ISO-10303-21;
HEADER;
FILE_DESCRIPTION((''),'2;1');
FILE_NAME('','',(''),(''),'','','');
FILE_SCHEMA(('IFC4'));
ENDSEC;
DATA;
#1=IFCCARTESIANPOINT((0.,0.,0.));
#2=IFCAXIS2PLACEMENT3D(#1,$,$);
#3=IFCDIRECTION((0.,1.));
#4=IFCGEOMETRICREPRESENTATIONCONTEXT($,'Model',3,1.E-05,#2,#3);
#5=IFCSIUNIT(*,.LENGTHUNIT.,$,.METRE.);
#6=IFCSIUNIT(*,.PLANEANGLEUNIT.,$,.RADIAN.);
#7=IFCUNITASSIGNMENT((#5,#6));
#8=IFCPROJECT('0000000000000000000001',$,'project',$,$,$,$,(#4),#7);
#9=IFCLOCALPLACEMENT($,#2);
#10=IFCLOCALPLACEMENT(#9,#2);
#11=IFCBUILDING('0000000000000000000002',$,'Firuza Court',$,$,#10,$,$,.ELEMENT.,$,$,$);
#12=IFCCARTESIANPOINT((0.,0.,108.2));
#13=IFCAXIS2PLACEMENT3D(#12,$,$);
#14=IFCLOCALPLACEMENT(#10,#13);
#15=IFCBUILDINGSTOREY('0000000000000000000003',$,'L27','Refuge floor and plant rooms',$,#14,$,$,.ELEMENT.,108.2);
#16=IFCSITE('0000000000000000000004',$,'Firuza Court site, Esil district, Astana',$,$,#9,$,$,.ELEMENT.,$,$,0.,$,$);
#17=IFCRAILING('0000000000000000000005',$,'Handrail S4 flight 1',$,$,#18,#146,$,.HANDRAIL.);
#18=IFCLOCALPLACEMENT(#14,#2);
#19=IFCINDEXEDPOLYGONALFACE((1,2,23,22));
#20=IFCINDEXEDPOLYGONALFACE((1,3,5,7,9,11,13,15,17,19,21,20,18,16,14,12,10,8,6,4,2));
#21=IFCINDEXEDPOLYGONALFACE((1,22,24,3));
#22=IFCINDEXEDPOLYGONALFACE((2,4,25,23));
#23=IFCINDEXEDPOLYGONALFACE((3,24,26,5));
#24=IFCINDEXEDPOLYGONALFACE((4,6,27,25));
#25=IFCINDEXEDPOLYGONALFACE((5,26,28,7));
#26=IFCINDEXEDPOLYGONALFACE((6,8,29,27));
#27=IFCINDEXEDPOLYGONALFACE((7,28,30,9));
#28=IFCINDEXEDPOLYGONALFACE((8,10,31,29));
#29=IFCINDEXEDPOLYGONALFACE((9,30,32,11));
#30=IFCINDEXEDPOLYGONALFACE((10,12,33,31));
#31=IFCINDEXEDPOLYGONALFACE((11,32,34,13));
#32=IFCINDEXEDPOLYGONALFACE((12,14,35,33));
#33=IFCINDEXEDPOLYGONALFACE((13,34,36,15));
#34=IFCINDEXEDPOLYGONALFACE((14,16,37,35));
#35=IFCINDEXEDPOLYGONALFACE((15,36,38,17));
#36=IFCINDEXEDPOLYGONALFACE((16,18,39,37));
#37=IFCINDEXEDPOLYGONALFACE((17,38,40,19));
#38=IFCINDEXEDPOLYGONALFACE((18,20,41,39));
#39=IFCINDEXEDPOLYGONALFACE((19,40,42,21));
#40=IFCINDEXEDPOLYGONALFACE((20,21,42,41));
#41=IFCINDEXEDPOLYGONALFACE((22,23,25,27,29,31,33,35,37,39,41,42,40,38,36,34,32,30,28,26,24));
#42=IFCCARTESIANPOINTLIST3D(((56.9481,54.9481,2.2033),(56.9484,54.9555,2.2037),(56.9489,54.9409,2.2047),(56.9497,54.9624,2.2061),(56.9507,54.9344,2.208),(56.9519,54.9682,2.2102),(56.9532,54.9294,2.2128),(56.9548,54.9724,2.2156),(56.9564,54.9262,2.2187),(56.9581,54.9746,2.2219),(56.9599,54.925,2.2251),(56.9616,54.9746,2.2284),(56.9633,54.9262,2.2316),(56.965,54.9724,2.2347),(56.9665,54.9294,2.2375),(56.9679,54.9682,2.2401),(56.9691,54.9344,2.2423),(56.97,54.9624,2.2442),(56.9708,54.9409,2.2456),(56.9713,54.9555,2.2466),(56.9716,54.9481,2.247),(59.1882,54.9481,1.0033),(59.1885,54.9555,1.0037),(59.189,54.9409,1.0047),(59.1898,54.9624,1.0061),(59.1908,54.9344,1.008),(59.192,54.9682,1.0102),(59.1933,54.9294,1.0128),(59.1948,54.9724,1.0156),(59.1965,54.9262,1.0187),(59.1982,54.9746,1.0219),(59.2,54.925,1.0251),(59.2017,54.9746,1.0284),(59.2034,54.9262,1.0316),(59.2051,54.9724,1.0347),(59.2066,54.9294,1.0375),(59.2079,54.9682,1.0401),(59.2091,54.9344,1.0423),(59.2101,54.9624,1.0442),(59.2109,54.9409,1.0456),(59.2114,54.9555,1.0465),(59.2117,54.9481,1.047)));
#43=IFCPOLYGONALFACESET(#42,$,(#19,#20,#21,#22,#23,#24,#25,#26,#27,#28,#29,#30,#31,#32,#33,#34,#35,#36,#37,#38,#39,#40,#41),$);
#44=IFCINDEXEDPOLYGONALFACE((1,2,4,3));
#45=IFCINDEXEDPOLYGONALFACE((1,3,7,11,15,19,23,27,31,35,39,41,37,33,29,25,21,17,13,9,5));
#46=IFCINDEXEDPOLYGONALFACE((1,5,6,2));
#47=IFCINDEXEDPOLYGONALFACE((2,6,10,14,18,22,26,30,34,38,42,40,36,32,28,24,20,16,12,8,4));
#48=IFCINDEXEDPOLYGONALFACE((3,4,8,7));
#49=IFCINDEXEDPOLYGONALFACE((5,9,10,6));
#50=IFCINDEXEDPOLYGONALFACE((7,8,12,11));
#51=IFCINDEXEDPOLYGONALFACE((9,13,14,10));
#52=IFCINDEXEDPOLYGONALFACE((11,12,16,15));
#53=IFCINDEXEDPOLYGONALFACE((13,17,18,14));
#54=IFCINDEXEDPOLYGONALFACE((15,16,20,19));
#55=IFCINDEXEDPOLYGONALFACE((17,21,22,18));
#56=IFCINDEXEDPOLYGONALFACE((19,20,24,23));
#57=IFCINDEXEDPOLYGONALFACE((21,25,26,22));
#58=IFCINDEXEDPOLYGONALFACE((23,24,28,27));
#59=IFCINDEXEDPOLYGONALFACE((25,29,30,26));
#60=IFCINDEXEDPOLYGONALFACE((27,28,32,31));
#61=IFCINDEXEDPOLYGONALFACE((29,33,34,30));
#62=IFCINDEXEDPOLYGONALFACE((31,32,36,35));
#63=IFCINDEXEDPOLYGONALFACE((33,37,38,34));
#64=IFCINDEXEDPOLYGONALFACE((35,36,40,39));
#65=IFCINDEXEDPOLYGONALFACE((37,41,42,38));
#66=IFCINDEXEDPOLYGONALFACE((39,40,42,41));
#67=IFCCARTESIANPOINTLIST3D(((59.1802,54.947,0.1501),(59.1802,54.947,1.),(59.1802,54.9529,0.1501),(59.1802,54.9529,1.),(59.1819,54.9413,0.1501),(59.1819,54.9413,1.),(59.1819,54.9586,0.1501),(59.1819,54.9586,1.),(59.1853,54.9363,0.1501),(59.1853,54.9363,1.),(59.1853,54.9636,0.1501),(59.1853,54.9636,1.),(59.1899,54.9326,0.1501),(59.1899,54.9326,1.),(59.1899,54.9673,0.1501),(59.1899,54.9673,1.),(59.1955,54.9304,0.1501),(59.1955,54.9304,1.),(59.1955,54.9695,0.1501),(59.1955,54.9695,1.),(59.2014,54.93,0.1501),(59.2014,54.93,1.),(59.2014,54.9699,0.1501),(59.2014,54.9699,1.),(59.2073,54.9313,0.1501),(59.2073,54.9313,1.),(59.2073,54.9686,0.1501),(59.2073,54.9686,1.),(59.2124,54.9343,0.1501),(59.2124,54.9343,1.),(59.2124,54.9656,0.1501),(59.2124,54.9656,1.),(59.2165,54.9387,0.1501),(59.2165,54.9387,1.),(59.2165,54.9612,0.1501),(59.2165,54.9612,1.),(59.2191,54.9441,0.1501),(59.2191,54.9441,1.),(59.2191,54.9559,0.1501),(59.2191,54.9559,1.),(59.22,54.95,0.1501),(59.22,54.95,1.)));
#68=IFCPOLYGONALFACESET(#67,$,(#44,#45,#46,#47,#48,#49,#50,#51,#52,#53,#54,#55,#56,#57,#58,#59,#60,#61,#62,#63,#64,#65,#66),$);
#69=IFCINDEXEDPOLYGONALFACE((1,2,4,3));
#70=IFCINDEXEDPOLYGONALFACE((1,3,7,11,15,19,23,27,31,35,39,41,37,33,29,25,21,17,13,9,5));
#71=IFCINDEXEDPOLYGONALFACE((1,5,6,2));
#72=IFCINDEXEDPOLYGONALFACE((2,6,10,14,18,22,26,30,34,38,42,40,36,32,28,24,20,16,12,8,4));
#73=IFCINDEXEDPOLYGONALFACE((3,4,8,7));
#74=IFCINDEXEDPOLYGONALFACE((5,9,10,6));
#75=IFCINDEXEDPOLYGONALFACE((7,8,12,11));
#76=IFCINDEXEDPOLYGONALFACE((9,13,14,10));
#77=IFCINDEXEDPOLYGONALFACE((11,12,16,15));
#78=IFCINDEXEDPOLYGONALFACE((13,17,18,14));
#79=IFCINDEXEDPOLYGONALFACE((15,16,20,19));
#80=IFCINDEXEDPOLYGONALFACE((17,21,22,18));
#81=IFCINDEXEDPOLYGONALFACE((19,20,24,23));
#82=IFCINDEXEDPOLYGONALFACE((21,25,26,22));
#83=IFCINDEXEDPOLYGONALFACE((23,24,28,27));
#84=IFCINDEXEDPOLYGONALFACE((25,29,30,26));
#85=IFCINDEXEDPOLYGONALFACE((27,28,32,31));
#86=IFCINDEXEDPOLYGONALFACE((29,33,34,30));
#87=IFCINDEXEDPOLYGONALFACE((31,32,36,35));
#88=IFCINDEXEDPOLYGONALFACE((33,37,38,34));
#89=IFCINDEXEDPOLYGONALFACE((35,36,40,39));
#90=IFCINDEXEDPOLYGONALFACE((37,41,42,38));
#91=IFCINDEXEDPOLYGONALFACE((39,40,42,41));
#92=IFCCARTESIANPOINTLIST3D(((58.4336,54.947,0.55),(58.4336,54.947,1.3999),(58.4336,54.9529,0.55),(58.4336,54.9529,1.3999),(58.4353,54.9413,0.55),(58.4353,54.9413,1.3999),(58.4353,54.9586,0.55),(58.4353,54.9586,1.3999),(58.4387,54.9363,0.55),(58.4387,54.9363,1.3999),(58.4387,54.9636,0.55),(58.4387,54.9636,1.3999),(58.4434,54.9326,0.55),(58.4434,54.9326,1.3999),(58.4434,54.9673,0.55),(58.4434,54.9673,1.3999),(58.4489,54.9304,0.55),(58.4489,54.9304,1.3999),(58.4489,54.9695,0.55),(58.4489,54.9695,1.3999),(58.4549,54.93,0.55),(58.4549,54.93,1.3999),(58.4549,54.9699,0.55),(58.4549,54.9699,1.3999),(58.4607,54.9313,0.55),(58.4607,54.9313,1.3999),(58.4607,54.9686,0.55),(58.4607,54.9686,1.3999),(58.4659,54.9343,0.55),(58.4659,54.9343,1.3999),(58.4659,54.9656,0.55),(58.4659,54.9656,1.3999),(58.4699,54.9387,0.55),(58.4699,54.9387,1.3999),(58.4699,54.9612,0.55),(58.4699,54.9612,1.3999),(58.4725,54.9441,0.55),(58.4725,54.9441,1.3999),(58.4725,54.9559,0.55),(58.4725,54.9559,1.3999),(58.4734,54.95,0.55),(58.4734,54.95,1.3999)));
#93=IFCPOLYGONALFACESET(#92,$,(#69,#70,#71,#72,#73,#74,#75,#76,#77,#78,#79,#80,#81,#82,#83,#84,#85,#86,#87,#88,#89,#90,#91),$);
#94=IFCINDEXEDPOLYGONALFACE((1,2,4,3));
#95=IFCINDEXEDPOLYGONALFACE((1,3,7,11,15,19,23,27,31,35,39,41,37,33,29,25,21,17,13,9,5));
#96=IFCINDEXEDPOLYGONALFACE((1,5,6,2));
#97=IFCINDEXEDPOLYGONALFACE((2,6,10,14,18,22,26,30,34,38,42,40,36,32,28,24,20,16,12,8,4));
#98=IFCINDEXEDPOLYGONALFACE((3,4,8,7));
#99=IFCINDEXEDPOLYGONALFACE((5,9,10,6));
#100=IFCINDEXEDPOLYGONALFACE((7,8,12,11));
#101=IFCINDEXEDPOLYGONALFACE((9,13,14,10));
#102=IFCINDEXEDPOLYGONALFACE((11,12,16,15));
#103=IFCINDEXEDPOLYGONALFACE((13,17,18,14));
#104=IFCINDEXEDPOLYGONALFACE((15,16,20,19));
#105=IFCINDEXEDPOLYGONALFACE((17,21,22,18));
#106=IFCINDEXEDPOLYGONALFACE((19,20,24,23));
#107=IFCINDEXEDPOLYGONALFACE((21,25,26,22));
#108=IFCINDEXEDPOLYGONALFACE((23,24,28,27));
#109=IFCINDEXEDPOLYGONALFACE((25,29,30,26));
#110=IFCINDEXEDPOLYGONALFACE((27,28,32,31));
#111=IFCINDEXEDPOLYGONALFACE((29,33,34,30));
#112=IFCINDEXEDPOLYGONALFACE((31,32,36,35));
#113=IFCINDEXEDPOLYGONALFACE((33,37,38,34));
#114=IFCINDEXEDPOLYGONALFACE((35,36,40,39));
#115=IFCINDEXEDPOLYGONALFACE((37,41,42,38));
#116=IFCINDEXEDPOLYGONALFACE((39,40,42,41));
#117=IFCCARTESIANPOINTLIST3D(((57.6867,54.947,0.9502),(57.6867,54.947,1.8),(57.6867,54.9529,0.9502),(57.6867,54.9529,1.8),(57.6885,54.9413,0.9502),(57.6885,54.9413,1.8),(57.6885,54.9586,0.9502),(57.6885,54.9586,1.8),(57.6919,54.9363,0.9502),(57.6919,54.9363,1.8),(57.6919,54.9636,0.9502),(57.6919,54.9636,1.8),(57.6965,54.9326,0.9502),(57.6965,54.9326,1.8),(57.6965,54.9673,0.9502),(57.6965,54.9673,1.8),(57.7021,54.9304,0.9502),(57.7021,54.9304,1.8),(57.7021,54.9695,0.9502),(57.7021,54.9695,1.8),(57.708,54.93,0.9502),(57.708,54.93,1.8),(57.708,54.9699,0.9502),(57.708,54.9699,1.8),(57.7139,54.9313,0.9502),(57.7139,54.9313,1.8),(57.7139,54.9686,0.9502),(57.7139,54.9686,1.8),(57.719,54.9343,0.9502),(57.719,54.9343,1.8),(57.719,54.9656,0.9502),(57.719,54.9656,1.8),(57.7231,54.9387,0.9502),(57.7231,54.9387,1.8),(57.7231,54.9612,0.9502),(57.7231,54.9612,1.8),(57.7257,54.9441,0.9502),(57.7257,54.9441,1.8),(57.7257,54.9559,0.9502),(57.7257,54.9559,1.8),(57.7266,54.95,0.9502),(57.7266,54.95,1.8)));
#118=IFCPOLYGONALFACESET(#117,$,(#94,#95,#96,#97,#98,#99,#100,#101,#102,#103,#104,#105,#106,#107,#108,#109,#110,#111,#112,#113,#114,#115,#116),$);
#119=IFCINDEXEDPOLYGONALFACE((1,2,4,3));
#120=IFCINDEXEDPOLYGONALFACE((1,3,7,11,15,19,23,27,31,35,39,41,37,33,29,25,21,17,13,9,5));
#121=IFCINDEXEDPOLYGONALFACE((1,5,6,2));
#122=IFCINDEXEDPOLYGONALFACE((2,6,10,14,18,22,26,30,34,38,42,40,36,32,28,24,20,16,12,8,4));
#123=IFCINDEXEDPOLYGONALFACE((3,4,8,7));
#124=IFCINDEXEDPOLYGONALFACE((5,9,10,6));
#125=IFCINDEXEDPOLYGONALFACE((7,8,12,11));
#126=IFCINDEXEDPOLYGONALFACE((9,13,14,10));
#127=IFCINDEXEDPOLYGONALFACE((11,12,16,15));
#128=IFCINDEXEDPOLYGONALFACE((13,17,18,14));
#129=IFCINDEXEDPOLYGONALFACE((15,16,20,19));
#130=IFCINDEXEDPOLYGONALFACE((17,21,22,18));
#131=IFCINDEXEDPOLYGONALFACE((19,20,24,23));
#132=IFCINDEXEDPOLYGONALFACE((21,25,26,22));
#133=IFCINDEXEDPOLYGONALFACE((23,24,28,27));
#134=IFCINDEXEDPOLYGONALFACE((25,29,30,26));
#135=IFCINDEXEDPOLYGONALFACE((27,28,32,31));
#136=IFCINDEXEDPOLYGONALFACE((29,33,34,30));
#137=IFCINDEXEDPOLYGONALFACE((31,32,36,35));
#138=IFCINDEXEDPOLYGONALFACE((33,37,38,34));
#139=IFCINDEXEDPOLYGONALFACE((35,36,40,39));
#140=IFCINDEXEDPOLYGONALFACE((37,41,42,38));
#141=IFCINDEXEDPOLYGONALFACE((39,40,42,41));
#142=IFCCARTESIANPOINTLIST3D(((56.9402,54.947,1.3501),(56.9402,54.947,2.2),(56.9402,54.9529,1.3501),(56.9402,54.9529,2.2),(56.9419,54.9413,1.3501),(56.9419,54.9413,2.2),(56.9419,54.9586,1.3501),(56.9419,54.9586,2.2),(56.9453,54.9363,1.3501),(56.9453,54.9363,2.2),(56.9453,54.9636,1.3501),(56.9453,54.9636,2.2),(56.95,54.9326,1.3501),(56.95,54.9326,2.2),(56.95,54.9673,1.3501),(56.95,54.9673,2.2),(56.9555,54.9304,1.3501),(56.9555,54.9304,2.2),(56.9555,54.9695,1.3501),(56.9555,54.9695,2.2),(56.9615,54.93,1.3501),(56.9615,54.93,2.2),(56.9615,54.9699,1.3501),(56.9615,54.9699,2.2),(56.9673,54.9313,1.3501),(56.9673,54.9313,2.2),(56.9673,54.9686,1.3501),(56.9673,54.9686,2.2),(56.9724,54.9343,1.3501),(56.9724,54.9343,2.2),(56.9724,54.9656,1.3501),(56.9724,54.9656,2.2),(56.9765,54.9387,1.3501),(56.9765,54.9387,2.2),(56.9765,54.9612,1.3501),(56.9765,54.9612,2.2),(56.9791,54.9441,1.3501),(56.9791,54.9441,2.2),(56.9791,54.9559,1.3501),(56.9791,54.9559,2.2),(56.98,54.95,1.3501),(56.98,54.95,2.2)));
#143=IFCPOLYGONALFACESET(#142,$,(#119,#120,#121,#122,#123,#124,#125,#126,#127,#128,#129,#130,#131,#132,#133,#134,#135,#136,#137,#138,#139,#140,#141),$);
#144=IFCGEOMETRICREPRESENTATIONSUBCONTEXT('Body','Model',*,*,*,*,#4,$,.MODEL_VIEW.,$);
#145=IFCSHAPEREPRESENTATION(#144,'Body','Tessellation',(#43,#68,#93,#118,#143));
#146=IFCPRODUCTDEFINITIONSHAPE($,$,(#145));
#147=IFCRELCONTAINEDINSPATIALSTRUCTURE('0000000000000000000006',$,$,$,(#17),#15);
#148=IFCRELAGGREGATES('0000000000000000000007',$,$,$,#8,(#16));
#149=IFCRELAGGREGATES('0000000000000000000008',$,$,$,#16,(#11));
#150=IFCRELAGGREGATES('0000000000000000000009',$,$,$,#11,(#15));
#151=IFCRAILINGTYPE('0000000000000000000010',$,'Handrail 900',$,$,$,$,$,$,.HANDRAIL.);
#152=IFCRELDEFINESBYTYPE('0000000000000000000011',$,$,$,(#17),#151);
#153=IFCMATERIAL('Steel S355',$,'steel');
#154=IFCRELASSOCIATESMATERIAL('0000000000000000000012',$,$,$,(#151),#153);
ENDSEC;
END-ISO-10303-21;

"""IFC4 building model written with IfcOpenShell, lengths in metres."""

from ifc_helpers import new_model, si_unit, direction, frame, origin, origin_2d, place, context, subcontext, project, spatial, circle, extrude, material, type_object, element, save


model = new_model("IFC4")

# Units and contexts
model_context = context("Model", 3, precision=1e-05, world=origin(), true_north=direction((0.0, 1.0)))
body_context = subcontext(model_context, "Body", "Model", "MODEL_VIEW")
ifc_project = project(units=[si_unit("LENGTHUNIT", "METRE"), si_unit("PLANEANGLEUNIT", "RADIAN")], contexts=[model_context])

# Site, building, storey
site_placement = place(None, origin())
site = spatial("IfcSite", under=ifc_project, at=site_placement, Name="Firuza Court site, Esil district, Astana", CompositionType="ELEMENT", RefElevation=0.0)
building_placement = place(site_placement, origin())
building = spatial("IfcBuilding", under=site, at=building_placement, Name="Firuza Court", CompositionType="ELEMENT")
storey_placement = place(building_placement, frame((0.0, 0.0, 108.2)))
storey = spatial("IfcBuildingStorey", under=building, at=storey_placement, Name="L27", Description="Refuge floor and plant rooms", CompositionType="ELEMENT", Elevation=108.2)

# Railing
ifc_material_1 = material(Name="Steel S355", Category="steel")
railing_type_1 = type_object("IfcRailingType", Name="Handrail 900", PredefinedType="HANDRAIL", material=ifc_material_1)
for number, where, name in (
    (1, (59.2, 54.95, 0.1501), "Handrail S4 flight 1"),
):
    element("IfcRailing", number, at=place(storey_placement, frame(where)), inside=storey, type_object=railing_type_1, Name=name, PredefinedType="HANDRAIL", context=body_context, shape_type="SweptSolid", body=[
        extrude(circle(Radius=0.0249, at=origin_2d()), frame((0.0, 0.0, 0.875), z_axis=(-0.881487, 0.0, 0.472208), x_axis=(0.0, -1.0, 0.0)), (0.0, 0.0, 1.0), 2.5413),
        extrude(circle(Radius=0.02, at=origin_2d()), origin(), (0.0, 0.0, 1.0), 0.8499),
        extrude(circle(Radius=0.02, at=origin_2d()), frame((-0.7466, 0.0, 0.3999)), (0.0, 0.0, 1.0), 0.8499),
        extrude(circle(Radius=0.02, at=origin_2d()), frame((-1.4934, 0.0, 0.8)), (0.0, 0.0, 1.0), 0.8499),
        extrude(circle(Radius=0.02, at=origin_2d()), frame((-2.24, 0.0, 1.2)), (0.0, 0.0, 1.0), 0.8499),
    ])

save(model, "model.ifc")
